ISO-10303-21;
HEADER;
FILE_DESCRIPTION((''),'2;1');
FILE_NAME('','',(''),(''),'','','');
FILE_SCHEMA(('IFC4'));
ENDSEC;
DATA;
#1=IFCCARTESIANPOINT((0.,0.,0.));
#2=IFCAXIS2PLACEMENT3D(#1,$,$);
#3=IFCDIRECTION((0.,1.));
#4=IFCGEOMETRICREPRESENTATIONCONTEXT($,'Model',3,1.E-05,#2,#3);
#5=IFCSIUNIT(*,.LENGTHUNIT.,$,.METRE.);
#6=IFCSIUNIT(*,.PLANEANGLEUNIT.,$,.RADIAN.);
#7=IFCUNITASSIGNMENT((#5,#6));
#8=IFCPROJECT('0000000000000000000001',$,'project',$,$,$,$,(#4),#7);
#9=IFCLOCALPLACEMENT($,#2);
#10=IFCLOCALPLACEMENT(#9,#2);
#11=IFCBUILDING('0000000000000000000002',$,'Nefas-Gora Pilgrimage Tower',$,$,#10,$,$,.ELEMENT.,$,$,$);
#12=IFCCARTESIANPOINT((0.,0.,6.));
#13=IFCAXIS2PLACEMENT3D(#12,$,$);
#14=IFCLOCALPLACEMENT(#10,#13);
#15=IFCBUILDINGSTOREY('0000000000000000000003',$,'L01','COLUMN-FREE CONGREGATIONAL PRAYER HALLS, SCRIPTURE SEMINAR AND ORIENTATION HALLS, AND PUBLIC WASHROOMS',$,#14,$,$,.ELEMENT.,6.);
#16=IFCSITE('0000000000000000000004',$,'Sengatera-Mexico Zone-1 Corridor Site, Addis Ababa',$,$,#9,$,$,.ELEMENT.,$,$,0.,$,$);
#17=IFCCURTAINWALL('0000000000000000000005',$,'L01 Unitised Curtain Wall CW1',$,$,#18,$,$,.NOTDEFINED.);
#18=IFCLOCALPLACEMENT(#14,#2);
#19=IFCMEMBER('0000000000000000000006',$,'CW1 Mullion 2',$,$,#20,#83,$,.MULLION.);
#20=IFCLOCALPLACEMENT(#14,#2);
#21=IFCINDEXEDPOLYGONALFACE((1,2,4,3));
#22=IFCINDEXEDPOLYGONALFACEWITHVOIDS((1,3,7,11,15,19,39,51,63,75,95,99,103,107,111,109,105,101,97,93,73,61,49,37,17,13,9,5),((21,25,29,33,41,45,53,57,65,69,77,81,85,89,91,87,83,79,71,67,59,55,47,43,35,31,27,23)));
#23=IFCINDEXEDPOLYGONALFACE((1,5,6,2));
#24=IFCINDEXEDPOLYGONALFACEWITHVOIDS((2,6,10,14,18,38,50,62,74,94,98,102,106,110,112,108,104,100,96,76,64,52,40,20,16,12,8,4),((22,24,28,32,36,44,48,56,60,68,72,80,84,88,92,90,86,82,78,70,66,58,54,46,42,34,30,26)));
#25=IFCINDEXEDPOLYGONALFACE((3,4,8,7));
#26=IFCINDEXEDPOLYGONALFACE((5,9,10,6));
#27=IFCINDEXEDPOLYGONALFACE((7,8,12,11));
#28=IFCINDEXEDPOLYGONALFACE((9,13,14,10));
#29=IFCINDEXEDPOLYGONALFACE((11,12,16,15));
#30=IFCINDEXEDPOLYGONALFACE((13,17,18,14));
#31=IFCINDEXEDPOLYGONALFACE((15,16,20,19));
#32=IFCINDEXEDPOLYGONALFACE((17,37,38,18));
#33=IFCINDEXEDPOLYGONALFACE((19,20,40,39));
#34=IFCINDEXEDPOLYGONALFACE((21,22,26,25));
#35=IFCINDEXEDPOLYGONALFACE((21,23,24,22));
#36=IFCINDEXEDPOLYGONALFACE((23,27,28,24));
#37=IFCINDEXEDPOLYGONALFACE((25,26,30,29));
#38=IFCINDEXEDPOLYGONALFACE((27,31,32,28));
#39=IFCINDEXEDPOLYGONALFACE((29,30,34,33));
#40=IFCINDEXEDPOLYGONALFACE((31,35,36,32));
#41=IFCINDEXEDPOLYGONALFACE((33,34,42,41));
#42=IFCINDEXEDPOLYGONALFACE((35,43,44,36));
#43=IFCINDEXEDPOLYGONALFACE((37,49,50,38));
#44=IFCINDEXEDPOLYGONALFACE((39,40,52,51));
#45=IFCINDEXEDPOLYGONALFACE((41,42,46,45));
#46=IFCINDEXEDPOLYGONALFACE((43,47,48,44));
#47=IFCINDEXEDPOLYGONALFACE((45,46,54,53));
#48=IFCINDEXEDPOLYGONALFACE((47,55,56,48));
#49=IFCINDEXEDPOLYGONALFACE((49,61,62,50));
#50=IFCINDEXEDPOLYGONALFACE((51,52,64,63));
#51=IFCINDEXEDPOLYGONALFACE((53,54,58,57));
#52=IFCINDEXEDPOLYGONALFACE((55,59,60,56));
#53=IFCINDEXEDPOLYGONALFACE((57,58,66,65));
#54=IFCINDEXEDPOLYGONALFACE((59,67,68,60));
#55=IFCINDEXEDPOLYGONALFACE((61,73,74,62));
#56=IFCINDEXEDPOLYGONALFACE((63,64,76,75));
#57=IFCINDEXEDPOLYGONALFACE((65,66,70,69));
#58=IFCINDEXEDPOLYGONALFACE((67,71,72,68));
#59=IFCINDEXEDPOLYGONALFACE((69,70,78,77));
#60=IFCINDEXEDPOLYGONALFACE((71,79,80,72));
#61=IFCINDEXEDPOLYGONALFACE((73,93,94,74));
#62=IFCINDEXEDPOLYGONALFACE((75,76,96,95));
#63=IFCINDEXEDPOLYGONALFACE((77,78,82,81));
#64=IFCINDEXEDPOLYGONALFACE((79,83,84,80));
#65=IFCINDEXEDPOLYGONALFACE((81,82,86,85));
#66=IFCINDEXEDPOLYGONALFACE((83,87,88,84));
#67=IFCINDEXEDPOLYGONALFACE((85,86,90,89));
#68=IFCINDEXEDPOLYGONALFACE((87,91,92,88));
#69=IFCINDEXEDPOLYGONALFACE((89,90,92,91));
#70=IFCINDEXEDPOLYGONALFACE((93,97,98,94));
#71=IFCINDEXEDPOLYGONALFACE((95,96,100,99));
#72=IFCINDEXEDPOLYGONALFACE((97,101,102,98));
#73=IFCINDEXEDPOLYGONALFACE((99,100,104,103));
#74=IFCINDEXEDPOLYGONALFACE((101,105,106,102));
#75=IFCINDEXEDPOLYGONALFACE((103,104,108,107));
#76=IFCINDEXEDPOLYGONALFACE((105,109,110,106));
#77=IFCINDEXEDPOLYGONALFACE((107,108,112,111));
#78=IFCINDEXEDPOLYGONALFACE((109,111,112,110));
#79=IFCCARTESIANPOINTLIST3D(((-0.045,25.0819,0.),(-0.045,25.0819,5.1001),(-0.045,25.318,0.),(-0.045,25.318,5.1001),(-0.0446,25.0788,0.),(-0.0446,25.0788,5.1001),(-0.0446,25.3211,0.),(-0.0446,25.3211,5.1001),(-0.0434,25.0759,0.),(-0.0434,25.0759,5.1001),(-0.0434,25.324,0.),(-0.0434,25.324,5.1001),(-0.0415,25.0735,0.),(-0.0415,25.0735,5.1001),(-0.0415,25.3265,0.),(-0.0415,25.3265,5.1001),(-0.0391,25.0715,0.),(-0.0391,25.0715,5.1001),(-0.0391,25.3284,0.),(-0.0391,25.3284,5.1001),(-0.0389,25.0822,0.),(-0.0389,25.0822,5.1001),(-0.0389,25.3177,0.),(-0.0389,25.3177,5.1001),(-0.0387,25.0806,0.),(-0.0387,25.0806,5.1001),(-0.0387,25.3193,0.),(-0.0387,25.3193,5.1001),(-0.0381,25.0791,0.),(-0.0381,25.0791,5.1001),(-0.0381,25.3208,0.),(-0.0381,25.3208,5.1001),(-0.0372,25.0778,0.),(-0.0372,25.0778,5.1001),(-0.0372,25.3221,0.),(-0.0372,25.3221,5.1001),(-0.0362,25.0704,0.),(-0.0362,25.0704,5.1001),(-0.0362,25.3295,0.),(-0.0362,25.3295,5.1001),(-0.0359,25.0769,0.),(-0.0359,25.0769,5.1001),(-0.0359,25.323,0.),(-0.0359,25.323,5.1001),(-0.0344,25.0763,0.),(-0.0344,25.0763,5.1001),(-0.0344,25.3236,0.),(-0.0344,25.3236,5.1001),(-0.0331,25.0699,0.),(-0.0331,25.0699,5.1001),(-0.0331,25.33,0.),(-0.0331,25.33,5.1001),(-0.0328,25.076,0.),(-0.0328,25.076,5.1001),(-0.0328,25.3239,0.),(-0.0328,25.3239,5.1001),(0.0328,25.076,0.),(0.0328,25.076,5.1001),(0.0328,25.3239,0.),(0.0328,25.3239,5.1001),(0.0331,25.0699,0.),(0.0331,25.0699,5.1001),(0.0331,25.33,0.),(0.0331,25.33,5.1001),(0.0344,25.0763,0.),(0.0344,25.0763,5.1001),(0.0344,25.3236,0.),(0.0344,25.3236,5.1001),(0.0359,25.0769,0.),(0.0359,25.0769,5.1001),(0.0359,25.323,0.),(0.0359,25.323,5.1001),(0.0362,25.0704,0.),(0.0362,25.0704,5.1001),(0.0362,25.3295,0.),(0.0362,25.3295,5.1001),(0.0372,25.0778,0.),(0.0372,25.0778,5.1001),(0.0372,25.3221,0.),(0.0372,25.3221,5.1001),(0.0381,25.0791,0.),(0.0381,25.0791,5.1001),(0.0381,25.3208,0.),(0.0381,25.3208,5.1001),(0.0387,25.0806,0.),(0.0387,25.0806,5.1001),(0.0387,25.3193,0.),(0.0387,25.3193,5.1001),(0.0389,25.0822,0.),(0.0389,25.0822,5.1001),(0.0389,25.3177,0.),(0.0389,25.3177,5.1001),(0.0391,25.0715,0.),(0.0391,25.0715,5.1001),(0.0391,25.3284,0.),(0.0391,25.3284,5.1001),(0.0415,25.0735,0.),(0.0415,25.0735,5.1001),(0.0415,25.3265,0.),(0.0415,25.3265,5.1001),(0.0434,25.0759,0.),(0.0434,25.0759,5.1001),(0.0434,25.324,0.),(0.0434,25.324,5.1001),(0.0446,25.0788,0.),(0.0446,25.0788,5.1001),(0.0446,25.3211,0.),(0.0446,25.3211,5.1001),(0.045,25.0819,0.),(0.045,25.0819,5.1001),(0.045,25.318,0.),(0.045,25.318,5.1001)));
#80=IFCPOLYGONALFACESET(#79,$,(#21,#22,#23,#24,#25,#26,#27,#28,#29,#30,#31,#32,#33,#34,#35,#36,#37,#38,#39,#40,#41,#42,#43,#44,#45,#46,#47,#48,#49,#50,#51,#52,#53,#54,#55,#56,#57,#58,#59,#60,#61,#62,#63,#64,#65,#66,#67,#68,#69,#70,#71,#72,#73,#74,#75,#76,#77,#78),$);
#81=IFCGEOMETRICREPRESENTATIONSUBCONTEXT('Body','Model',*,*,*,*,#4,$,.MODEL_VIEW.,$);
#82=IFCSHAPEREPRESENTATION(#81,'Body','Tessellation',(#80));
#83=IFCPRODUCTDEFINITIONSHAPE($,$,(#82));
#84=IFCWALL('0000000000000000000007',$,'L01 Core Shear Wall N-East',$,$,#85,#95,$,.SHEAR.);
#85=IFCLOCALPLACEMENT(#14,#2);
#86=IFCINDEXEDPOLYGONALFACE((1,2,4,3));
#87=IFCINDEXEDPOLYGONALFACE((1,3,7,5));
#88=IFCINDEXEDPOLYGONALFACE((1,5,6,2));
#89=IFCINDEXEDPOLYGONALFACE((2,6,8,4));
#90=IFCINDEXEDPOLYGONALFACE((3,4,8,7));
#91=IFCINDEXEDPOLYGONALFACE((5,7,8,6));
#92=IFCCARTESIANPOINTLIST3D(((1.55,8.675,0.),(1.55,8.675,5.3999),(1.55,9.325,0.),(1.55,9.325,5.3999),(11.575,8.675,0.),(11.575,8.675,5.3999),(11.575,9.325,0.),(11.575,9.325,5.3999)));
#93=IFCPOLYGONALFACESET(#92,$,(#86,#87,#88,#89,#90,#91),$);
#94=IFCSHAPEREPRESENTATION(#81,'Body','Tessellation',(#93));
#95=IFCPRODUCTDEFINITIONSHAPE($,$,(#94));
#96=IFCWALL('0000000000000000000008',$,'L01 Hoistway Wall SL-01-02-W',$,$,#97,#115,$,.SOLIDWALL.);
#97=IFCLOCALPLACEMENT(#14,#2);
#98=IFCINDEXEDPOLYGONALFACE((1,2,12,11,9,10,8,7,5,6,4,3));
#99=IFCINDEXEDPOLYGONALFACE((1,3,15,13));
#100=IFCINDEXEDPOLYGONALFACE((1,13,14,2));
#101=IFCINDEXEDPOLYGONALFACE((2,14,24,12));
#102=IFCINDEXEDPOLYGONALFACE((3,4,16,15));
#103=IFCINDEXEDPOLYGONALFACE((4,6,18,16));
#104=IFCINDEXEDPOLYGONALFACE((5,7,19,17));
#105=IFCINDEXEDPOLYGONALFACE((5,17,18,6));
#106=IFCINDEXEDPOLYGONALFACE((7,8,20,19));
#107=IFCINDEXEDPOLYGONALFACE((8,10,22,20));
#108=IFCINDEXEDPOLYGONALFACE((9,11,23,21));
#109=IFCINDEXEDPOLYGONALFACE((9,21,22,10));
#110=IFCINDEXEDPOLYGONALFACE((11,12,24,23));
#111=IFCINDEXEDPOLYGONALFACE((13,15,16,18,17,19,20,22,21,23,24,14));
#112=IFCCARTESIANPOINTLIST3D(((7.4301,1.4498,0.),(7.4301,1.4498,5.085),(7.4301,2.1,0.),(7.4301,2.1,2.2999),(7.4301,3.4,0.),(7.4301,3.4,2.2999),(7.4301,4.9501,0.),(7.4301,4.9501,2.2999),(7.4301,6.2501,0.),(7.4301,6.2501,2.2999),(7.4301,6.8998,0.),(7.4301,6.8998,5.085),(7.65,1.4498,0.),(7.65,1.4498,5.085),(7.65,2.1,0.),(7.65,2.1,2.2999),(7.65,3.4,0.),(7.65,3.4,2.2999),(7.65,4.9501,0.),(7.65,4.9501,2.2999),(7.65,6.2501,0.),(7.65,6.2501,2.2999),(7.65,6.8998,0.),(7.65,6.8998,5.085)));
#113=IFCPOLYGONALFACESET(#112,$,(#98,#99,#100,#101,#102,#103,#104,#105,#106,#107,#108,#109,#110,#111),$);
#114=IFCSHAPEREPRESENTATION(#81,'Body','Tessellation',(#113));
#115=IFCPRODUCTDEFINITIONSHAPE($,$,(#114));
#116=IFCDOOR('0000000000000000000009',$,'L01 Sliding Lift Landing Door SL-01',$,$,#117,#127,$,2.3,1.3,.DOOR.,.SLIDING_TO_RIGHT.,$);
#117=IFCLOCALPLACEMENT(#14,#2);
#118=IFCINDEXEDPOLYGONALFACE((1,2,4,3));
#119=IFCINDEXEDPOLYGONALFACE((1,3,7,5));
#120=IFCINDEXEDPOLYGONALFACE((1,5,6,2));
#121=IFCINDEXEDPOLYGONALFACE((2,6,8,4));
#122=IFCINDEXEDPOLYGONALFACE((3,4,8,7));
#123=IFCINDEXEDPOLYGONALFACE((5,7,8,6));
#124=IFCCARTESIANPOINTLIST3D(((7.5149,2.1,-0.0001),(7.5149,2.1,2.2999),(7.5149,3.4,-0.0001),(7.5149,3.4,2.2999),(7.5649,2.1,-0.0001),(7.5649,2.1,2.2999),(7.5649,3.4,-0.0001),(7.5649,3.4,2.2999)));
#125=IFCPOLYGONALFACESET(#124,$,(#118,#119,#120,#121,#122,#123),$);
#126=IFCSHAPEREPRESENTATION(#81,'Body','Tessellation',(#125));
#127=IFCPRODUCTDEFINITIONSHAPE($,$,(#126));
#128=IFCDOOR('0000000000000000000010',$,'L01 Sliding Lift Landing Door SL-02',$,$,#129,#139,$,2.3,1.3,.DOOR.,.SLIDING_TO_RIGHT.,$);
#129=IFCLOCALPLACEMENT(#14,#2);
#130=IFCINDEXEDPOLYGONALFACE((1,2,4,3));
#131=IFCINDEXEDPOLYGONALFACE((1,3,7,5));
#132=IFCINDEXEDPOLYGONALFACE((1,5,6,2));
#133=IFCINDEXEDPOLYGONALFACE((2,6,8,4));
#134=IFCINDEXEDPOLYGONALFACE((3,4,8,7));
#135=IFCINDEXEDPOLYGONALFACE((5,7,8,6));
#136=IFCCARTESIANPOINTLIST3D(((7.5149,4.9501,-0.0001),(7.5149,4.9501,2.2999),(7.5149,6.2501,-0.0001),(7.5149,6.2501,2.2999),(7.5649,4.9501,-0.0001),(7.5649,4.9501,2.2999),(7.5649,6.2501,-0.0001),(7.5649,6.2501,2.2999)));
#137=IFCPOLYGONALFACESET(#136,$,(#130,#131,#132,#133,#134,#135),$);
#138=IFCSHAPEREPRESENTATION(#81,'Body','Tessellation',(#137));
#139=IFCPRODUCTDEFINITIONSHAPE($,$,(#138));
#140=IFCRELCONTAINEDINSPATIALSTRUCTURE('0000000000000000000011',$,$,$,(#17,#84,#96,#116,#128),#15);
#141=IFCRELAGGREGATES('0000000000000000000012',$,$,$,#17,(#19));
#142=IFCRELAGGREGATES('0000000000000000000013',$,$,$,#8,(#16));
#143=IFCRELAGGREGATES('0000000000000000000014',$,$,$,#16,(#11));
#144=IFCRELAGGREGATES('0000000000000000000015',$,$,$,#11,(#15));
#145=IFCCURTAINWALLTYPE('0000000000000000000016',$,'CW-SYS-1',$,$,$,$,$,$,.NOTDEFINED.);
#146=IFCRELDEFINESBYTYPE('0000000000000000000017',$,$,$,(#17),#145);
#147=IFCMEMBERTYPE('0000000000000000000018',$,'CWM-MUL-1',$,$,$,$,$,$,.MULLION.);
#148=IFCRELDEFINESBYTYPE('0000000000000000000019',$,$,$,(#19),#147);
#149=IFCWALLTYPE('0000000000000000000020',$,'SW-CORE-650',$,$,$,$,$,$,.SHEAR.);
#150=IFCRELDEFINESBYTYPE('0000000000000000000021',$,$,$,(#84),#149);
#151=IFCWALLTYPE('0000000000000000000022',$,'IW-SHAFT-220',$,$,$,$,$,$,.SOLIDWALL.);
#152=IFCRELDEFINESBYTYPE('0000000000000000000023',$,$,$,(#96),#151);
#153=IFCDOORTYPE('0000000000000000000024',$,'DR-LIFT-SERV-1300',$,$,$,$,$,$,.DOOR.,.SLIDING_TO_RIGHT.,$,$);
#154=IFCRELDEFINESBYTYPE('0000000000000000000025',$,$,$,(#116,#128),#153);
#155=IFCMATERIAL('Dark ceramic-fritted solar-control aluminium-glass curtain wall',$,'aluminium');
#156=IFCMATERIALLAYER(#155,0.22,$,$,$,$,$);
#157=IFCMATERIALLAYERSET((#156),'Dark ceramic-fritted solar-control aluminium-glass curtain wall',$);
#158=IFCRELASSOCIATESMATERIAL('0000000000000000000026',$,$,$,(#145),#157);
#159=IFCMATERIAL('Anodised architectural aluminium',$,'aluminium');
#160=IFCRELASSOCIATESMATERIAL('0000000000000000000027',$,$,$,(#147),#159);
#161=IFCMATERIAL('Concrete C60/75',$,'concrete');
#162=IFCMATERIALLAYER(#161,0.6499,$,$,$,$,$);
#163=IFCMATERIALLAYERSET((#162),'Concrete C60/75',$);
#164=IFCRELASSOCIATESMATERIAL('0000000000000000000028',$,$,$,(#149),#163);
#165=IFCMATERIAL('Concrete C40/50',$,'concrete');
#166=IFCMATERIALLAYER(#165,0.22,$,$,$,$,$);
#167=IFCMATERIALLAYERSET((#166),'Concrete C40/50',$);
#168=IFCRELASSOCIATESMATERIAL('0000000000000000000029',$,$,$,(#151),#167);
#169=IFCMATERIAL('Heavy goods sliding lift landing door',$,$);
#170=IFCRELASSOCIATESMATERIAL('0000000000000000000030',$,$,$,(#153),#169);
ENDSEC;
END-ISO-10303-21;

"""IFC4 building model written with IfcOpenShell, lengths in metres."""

from ifc_helpers import new_model, si_unit, direction, frame, frame_2d, origin, origin_2d, place, context, subcontext, project, spatial, rectangle, hollow_rectangle, extrude, source, transform, mapped, material, layer, layer_set, material_profile, profile_set, type_object, element, fill, aggregate, save


model = new_model("IFC4")

# Units and contexts
model_context = context("Model", 3, precision=1e-05, world=origin(), true_north=direction((0.0, 1.0)))
body_context = subcontext(model_context, "Body", "Model", "MODEL_VIEW")
ifc_project = project(units=[si_unit("LENGTHUNIT", "METRE"), si_unit("PLANEANGLEUNIT", "RADIAN")], contexts=[model_context])

# Site, building, storey
site_placement = place(None, origin())
site = spatial("IfcSite", under=ifc_project, at=site_placement, Name="Sengatera-Mexico Zone-1 Corridor Site, Addis Ababa", CompositionType="ELEMENT", RefElevation=0.0)
building_placement = place(site_placement, origin())
building = spatial("IfcBuilding", under=site, at=building_placement, Name="Nefas-Gora Pilgrimage Tower", CompositionType="ELEMENT")
storey_placement = place(building_placement, frame((0.0, 0.0, 6.0)))
storey = spatial("IfcBuildingStorey", under=building, at=storey_placement, Name="L01", Description="COLUMN-FREE CONGREGATIONAL PRAYER HALLS, SCRIPTURE SEMINAR AND ORIENTATION HALLS, AND PUBLIC WASHROOMS", CompositionType="ELEMENT", Elevation=6.0)

# Curtain wall, member
ifc_material_1 = material(Name="Dark ceramic-fritted solar-control aluminium-glass curtain wall", Category="aluminium")
ifc_layer_1 = layer(ifc_material_1, 0.22)
ifc_layer_set_1 = layer_set([ifc_layer_1], Name="Dark ceramic-fritted solar-control aluminium-glass curtain wall")
curtain_wall_type = type_object("IfcCurtainWallType", Name="CW-SYS-1", PredefinedType="NOTDEFINED", material=ifc_layer_set_1)
curtain_wall_placement = place(storey_placement, origin())
curtain_wall = element("IfcCurtainWall", 1, at=curtain_wall_placement, inside=storey, type_object=curtain_wall_type, Name="L01 Unitised Curtain Wall CW1", PredefinedType="NOTDEFINED")
ifc_material_2 = material(Name="Anodised architectural aluminium", Category="aluminium")
ifc_material_profile_1 = material_profile(ifc_material_2, hollow_rectangle(XDim=0.0901, YDim=0.26, WallThickness=0.0061, InnerFilletRadius=0.0061, OuterFilletRadius=0.012, at=origin_2d()), Name="ALU MULLION 90x260")
ifc_profile_set_1 = profile_set([ifc_material_profile_1], Name="Anodised architectural aluminium")
member_type = type_object("IfcMemberType", Name="CWM-MUL-1", PredefinedType="MULLION", material=ifc_profile_set_1)
shared_shape_1 = source(origin(), body_context, "Body", "SweptSolid", [
    extrude(hollow_rectangle(XDim=0.0901, YDim=0.26, WallThickness=0.0061, InnerFilletRadius=0.0061, OuterFilletRadius=0.012, at=origin_2d()), origin(), (0.0, 0.0, 1.0), 5.1001),
])
member_placement = place(storey_placement, frame((0.0, 25.2, 0.0), z_axis=(0.0, 0.0, 1.0), x_axis=(-1.0, 0.0, 0.0)))
member = element("IfcMember", 2, at=member_placement, type_object=member_type, Name="CW1 Mullion 2", PredefinedType="MULLION", context=body_context, shape_type="MappedRepresentation", body=[
    mapped(shared_shape_1, transform((0.0, 0.0, 0.0), x_axis=(1.0, 0.0, 0.0), y_axis=(0.0, 1.0, 0.0), z_axis=(0.0, 0.0, 1.0), scale=1.0)),
])
aggregate(curtain_wall, [member])

# Wall
ifc_material_3 = material(Name="Concrete C60/75", Category="concrete")
ifc_layer_2 = layer(ifc_material_3, 0.6499)
ifc_layer_set_2 = layer_set([ifc_layer_2], Name="Concrete C60/75")
wall_type_1 = type_object("IfcWallType", Name="SW-CORE-650", PredefinedType="SHEAR", material=ifc_layer_set_2)
shared_shape_2 = source(origin(), body_context, "Body", "SweptSolid", [
    extrude(rectangle(XDim=10.0249, YDim=0.6499, at=frame_2d((5.0125, 0.0))), origin(), (0.0, 0.0, 1.0), 5.3999),
])
wall_1_placement = place(storey_placement, frame((1.55, 9.0, 0.0), z_axis=(0.0, 0.0, 1.0), x_axis=(1.0, 0.0, 0.0)))
element("IfcWall", 3, at=wall_1_placement, inside=storey, type_object=wall_type_1, Name="L01 Core Shear Wall N-East", PredefinedType="SHEAR", context=body_context, shape_type="MappedRepresentation", body=[
    mapped(shared_shape_2, transform((0.0, 0.0, 0.0), x_axis=(1.0, 0.0, 0.0), y_axis=(0.0, 1.0, 0.0), z_axis=(0.0, 0.0, 1.0), scale=1.0)),
])

# Wall, openings, doors
ifc_material_4 = material(Name="Concrete C40/50", Category="concrete")
ifc_layer_3 = layer(ifc_material_4, 0.22)
ifc_layer_set_3 = layer_set([ifc_layer_3], Name="Concrete C40/50")
wall_type_2 = type_object("IfcWallType", Name="IW-SHAFT-220", PredefinedType="SOLIDWALL", material=ifc_layer_set_3)
shared_shape_3 = source(origin(), body_context, "Body", "SweptSolid", [
    extrude(rectangle(XDim=5.45, YDim=0.22, at=frame_2d((2.7251, 0.0))), origin(), (0.0, 0.0, 1.0), 5.085),
])
wall_2_placement = place(storey_placement, frame((7.54, 6.8999, 0.0), z_axis=(0.0, 0.0, 1.0), x_axis=(0.0, -1.0, 0.0)))
wall_2 = element("IfcWall", 4, at=wall_2_placement, inside=storey, type_object=wall_type_2, Name="L01 Hoistway Wall SL-01-02-W", PredefinedType="SOLIDWALL", context=body_context, shape_type="MappedRepresentation", body=[
    mapped(shared_shape_3, transform((0.0, 0.0, 0.0), x_axis=(1.0, 0.0, 0.0), y_axis=(0.0, 1.0, 0.0), z_axis=(0.0, 0.0, 1.0), scale=1.0)),
])
opening_1_placement = place(wall_2_placement, frame((3.5, 0.0, 0.0)))
opening_1 = element("IfcOpeningElement", 5, at=opening_1_placement, cuts=wall_2, PredefinedType="OPENING", context=body_context, shape_type="SweptSolid", body=[
    extrude(rectangle(XDim=1.3, YDim=2.3, at=frame_2d((0.6499, 1.1499))), frame((0.0, 0.1199, 0.0), z_axis=(0.0, -1.0, 0.0), x_axis=(1.0, 0.0, 0.0)), (0.0, 0.0, 1.0), 0.24),
])
opening_2_placement = place(wall_2_placement, frame((0.6499, 0.0, 0.0)))
opening_2 = element("IfcOpeningElement", 6, at=opening_2_placement, cuts=wall_2, PredefinedType="OPENING", context=body_context, shape_type="SweptSolid", body=[
    extrude(rectangle(XDim=1.3, YDim=2.3, at=frame_2d((0.6499, 1.1499))), frame((0.0, 0.1199, 0.0), z_axis=(0.0, -1.0, 0.0), x_axis=(1.0, 0.0, 0.0)), (0.0, 0.0, 1.0), 0.24),
])
ifc_material_5 = material(Name="Heavy goods sliding lift landing door")
door_type_1 = type_object("IfcDoorType", Name="DR-LIFT-SERV-1300", OperationType="SLIDING_TO_RIGHT", PredefinedType="DOOR", material=ifc_material_5)
shared_shape_4 = source(origin(), body_context, "Body", "SweptSolid", [
    extrude(rectangle(XDim=1.3, YDim=2.3, at=frame_2d((0.6499, 1.1499))), frame((0.0, 0.0249, 0.0), z_axis=(0.0, -1.0, 0.0), x_axis=(1.0, 0.0, 0.0)), (0.0, 0.0, 1.0), 0.05),
])
door_1_placement = place(opening_1_placement, origin())
door_1 = element("IfcDoor", 7, at=door_1_placement, inside=storey, type_object=door_type_1, Name="L01 Sliding Lift Landing Door SL-01", OperationType="SLIDING_TO_RIGHT", OverallHeight=2.3, OverallWidth=1.3, PredefinedType="DOOR", context=body_context, shape_type="MappedRepresentation", body=[
    mapped(shared_shape_4, transform((0.0, 0.0, 0.0), x_axis=(1.0, 0.0, 0.0), y_axis=(0.0, 1.0, 0.0), z_axis=(0.0, 0.0, 1.0), scale=1.0)),
])
fill(opening_1, door_1)
door_2_placement = place(opening_2_placement, origin())
door_2 = element("IfcDoor", 8, at=door_2_placement, inside=storey, type_object=door_type_1, Name="L01 Sliding Lift Landing Door SL-02", OperationType="SLIDING_TO_RIGHT", OverallHeight=2.3, OverallWidth=1.3, PredefinedType="DOOR", context=body_context, shape_type="MappedRepresentation", body=[
    mapped(shared_shape_4, transform((0.0, 0.0, 0.0), x_axis=(1.0, 0.0, 0.0), y_axis=(0.0, 1.0, 0.0), z_axis=(0.0, 0.0, 1.0), scale=1.0)),
])
fill(opening_2, door_2)

save(model, "model.ifc")
